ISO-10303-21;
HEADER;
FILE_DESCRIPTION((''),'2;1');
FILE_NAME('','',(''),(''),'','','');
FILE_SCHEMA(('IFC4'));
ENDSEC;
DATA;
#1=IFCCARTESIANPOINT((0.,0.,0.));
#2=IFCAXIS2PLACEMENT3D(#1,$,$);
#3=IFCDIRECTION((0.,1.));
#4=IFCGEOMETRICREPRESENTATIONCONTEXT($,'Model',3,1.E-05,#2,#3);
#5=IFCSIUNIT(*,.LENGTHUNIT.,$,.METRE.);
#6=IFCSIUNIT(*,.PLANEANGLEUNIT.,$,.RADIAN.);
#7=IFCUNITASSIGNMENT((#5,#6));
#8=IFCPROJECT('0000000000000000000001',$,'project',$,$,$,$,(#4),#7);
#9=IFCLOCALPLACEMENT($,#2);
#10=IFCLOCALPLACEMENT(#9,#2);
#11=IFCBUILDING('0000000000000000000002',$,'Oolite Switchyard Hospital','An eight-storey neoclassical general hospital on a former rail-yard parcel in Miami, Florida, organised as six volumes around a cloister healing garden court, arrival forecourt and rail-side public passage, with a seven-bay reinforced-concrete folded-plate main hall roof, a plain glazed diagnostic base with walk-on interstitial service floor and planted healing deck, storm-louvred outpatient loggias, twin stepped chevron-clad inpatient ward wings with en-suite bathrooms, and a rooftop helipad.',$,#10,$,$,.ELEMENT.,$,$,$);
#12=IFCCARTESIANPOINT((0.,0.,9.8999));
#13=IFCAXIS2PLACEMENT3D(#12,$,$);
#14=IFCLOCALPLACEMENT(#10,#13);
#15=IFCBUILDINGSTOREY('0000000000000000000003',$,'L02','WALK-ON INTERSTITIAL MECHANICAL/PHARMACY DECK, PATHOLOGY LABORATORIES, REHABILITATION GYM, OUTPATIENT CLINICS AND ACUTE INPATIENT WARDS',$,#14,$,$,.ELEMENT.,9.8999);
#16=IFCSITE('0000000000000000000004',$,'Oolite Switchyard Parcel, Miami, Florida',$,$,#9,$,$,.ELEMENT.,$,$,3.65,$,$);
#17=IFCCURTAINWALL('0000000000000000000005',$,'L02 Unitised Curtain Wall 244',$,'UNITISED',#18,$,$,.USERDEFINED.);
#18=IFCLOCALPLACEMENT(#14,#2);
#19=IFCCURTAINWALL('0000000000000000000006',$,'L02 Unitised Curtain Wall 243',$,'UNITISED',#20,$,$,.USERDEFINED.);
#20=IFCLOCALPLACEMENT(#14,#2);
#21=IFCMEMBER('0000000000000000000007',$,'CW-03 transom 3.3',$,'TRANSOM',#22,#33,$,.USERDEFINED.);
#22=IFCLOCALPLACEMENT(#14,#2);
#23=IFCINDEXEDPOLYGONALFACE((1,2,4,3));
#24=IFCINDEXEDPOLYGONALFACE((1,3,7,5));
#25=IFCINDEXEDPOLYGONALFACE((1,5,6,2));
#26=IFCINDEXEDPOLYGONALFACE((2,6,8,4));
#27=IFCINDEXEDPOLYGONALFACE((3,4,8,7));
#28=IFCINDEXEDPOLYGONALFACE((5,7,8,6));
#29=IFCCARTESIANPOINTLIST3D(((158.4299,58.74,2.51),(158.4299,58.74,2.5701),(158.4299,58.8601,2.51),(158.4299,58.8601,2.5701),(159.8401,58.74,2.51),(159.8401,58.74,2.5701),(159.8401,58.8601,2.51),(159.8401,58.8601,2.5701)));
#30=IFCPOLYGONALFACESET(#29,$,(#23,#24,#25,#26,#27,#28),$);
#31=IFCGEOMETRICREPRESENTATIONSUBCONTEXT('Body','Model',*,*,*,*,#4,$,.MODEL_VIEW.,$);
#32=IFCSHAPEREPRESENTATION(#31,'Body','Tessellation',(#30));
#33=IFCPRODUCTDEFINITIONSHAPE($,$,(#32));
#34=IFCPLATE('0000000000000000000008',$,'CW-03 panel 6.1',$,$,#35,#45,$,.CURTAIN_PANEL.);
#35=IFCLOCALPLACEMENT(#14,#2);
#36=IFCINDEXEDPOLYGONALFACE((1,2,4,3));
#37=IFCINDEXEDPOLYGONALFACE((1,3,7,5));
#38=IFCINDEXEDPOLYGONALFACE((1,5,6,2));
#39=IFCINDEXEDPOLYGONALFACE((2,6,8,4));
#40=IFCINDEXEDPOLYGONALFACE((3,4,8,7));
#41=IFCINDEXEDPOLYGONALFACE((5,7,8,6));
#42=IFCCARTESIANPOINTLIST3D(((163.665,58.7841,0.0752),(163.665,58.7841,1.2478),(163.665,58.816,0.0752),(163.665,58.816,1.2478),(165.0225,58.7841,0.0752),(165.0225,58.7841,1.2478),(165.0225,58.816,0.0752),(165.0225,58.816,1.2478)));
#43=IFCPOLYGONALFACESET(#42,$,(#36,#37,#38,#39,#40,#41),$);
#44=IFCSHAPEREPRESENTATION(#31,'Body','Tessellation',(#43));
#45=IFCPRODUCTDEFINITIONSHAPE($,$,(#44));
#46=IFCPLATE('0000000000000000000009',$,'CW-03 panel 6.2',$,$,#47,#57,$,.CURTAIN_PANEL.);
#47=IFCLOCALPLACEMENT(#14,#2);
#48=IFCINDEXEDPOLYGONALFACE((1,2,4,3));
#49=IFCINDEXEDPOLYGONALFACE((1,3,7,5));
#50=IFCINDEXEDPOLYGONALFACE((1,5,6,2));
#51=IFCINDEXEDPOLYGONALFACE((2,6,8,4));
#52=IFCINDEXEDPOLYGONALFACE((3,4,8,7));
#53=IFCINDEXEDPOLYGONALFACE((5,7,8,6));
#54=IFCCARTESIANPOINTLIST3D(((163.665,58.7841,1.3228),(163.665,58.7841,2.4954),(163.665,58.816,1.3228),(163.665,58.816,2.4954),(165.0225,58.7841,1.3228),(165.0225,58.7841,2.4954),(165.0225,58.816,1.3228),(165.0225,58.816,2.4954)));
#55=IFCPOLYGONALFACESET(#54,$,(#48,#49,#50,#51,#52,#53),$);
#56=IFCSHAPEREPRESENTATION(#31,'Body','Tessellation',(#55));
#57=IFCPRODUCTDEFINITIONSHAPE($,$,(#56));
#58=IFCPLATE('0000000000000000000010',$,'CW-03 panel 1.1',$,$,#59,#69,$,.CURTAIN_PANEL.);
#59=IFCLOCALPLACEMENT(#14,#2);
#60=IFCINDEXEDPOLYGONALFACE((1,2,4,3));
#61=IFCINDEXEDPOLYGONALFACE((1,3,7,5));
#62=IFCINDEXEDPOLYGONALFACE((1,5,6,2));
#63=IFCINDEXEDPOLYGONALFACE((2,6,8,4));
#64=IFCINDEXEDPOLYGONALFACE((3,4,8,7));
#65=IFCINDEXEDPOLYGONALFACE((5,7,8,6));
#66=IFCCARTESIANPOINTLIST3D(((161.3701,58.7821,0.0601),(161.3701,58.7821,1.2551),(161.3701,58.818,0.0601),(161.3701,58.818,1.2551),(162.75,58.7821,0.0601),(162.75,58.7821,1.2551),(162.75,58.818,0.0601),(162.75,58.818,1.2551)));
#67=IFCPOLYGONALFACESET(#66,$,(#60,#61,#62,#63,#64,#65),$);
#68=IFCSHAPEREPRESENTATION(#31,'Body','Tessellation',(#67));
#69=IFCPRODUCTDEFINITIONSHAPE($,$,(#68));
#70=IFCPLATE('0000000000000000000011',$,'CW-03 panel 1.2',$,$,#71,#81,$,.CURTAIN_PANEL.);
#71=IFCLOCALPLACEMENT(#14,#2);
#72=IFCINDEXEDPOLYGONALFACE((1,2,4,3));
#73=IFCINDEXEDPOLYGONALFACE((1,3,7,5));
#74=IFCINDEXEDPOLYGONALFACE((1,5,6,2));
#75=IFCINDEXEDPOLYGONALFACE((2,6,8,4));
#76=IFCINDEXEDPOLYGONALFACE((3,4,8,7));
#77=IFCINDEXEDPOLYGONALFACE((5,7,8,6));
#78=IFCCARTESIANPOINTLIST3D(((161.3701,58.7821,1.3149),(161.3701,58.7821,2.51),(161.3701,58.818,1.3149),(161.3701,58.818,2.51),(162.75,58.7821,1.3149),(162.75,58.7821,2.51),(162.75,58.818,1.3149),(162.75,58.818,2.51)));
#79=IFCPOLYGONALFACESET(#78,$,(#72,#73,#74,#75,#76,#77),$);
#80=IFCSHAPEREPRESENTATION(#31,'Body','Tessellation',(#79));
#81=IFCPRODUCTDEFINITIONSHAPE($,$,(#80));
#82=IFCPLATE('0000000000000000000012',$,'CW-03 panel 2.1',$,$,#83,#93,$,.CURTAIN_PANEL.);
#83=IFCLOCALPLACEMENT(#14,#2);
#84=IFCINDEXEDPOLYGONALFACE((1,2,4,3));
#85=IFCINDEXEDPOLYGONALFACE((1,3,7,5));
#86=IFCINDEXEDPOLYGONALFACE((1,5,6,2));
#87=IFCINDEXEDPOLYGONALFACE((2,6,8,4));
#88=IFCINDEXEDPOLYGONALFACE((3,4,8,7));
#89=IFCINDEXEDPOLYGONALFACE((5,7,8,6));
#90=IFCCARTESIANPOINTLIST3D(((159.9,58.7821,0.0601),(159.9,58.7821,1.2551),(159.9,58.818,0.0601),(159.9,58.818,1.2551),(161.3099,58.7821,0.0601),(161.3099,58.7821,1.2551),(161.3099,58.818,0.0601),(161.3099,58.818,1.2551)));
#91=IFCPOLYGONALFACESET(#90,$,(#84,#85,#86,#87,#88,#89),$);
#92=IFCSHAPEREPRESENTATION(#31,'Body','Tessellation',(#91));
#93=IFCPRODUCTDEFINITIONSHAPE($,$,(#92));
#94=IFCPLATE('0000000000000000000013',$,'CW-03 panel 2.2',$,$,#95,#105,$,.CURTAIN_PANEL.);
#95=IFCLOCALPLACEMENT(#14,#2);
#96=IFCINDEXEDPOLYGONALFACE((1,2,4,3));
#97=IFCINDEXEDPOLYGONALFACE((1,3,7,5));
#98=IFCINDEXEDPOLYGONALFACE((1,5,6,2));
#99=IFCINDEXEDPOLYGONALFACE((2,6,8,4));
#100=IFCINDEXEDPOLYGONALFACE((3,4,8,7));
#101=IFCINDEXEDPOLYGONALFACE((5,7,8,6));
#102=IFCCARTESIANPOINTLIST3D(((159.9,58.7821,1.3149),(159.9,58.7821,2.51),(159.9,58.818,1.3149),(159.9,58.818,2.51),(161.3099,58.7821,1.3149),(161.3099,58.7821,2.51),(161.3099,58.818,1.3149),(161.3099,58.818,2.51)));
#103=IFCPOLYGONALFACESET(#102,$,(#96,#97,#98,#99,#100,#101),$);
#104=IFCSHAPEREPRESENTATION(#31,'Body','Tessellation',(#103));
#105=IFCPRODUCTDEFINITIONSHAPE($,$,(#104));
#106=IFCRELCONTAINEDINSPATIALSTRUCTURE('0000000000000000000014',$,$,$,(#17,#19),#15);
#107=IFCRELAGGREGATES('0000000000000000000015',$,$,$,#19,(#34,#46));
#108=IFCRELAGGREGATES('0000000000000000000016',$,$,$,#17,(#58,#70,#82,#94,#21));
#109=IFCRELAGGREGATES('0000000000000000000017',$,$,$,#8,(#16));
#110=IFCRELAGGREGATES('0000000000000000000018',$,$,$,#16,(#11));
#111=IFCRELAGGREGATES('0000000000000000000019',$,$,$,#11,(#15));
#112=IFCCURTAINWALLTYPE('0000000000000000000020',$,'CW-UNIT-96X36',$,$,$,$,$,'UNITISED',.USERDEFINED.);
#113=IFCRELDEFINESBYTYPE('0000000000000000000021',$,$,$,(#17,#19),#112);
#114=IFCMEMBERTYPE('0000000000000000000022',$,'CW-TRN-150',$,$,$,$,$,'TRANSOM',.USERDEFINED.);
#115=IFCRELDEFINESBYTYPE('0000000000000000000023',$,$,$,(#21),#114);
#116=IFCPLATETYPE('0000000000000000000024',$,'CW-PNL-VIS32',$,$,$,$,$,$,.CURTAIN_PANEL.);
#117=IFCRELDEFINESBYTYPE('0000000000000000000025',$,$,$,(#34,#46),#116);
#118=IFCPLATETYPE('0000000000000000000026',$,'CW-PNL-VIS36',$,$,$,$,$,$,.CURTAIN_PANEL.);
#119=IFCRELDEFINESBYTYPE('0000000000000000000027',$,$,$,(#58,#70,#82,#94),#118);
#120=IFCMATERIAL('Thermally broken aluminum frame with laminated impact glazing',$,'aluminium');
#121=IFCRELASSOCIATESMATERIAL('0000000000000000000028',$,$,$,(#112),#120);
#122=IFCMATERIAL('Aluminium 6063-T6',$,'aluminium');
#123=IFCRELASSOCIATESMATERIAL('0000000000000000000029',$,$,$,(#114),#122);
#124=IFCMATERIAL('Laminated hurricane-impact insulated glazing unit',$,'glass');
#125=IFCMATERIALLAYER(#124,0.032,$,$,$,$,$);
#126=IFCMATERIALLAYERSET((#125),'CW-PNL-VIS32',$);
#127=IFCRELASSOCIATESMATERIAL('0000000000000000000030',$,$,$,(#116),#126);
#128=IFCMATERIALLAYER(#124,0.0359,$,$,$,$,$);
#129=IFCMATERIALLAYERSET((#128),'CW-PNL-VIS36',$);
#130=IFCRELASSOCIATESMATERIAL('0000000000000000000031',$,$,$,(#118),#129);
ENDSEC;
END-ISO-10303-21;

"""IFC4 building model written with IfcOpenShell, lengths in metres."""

from ifc_helpers import new_model, si_unit, direction, frame, origin, origin_2d, place, context, subcontext, project, spatial, rectangle, extrude, material, layer, layer_set, material_profile, profile_set, type_object, element, aggregate, save


model = new_model("IFC4")

# Units and contexts
model_context = context("Model", 3, precision=1e-05, world=origin(), true_north=direction((0.0, 1.0)))
body_context = subcontext(model_context, "Body", "Model", "MODEL_VIEW")
ifc_project = project(units=[si_unit("LENGTHUNIT", "METRE"), si_unit("PLANEANGLEUNIT", "RADIAN")], contexts=[model_context])

# Site, building, storey
site_placement = place(None, origin())
site = spatial("IfcSite", under=ifc_project, at=site_placement, Name="Oolite Switchyard Parcel, Miami, Florida", CompositionType="ELEMENT", RefElevation=3.65)
building_placement = place(site_placement, origin())
building = spatial("IfcBuilding", under=site, at=building_placement, Name="Oolite Switchyard Hospital", Description="An eight-storey neoclassical general hospital on a former rail-yard parcel in Miami, Florida, organised as six volumes around a cloister healing garden court, arrival forecourt and rail-side public passage, with a seven-bay reinforced-concrete folded-plate main hall roof, a plain glazed diagnostic base with walk-on interstitial service floor and planted healing deck, storm-louvred outpatient loggias, twin stepped chevron-clad inpatient ward wings with en-suite bathrooms, and a rooftop helipad.", CompositionType="ELEMENT")
storey_placement = place(building_placement, frame((0.0, 0.0, 9.8999)))
storey = spatial("IfcBuildingStorey", under=building, at=storey_placement, Name="L02", Description="WALK-ON INTERSTITIAL MECHANICAL/PHARMACY DECK, PATHOLOGY LABORATORIES, REHABILITATION GYM, OUTPATIENT CLINICS AND ACUTE INPATIENT WARDS", CompositionType="ELEMENT", Elevation=9.8999)

# Curtain wall
ifc_material_1 = material(Name="Thermally broken aluminum frame with laminated impact glazing", Category="aluminium")
curtain_wall_type_1 = type_object("IfcCurtainWallType", Name="CW-UNIT-96X36", ElementType="UNITISED", PredefinedType="USERDEFINED", material=ifc_material_1)
curtain_wall_1_placement = place(storey_placement, origin())
curtain_wall_1 = element("IfcCurtainWall", 1, at=curtain_wall_1_placement, inside=storey, type_object=curtain_wall_type_1, Name="L02 Unitised Curtain Wall 244", ObjectType="UNITISED", PredefinedType="USERDEFINED")
ifc_material_2 = material(Name="Aluminium 6063-T6", Category="aluminium")

# Curtain wall
curtain_wall_2_placement = place(storey_placement, origin())
curtain_wall_2 = element("IfcCurtainWall", 2, at=curtain_wall_2_placement, inside=storey, type_object=curtain_wall_type_1, Name="L02 Unitised Curtain Wall 243", ObjectType="UNITISED", PredefinedType="USERDEFINED")
ifc_material_profile_1 = material_profile(ifc_material_2, rectangle(XDim=0.1201, YDim=0.0601, at=origin_2d()), Name="CWT60X120")
ifc_profile_set_1 = profile_set([ifc_material_profile_1], Name="Aluminium 6063-T6")
member_type_1 = type_object("IfcMemberType", Name="CW-TRN-150", ElementType="TRANSOM", PredefinedType="USERDEFINED", material=ifc_profile_set_1)

# Member
member_1_placement = place(storey_placement, frame((159.8401, 58.8, 2.54), z_axis=(-1.0, 0.0, 0.0), x_axis=(0.0, -1.0, 0.0)))
member_1 = element("IfcMember", 3, at=member_1_placement, type_object=member_type_1, Name="CW-03 transom 3.3", ObjectType="TRANSOM", PredefinedType="USERDEFINED", context=body_context, shape_type="SweptSolid", body=[
    extrude(rectangle(XDim=0.1201, YDim=0.0601, at=origin_2d()), origin(), (0.0, 0.0, 1.0), 1.4102),
])

# Plates
ifc_material_3 = material(Name="Laminated hurricane-impact insulated glazing unit", Category="glass")
ifc_layer_1 = layer(ifc_material_3, 0.032)
ifc_layer_set_1 = layer_set([ifc_layer_1], Name="CW-PNL-VIS32")
plate_type_1 = type_object("IfcPlateType", Name="CW-PNL-VIS32", PredefinedType="CURTAIN_PANEL", material=ifc_layer_set_1)
plate_1_placement = place(storey_placement, frame((164.3438, 58.8, 0.0752), z_axis=(0.0, 0.0, 1.0), x_axis=(-1.0, 0.0, 0.0)))
plate_1 = element("IfcPlate", 4, at=plate_1_placement, type_object=plate_type_1, Name="CW-03 panel 6.1", PredefinedType="CURTAIN_PANEL", context=body_context, shape_type="SweptSolid", body=[
    extrude(rectangle(XDim=1.3574, YDim=0.032, at=origin_2d()), origin(), (0.0, 0.0, 1.0), 1.1726),
])
plate_2_placement = place(storey_placement, frame((164.3438, 58.8, 1.3228), z_axis=(0.0, 0.0, 1.0), x_axis=(-1.0, 0.0, 0.0)))
plate_2 = element("IfcPlate", 5, at=plate_2_placement, type_object=plate_type_1, Name="CW-03 panel 6.2", PredefinedType="CURTAIN_PANEL", context=body_context, shape_type="SweptSolid", body=[
    extrude(rectangle(XDim=1.3574, YDim=0.032, at=origin_2d()), origin(), (0.0, 0.0, 1.0), 1.1726),
])
aggregate(curtain_wall_2, [plate_1, plate_2])
ifc_layer_2 = layer(ifc_material_3, 0.0359)
ifc_layer_set_2 = layer_set([ifc_layer_2], Name="CW-PNL-VIS36")
plate_type_2 = type_object("IfcPlateType", Name="CW-PNL-VIS36", PredefinedType="CURTAIN_PANEL", material=ifc_layer_set_2)
plate_3_placement = place(storey_placement, frame((162.0601, 58.8, 0.0601), z_axis=(0.0, 0.0, 1.0), x_axis=(-1.0, 0.0, 0.0)))
plate_3 = element("IfcPlate", 6, at=plate_3_placement, type_object=plate_type_2, Name="CW-03 panel 1.1", PredefinedType="CURTAIN_PANEL", context=body_context, shape_type="SweptSolid", body=[
    extrude(rectangle(XDim=1.3799, YDim=0.0359, at=origin_2d()), origin(), (0.0, 0.0, 1.0), 1.1951),
])
plate_4_placement = place(storey_placement, frame((162.0601, 58.8, 1.3149), z_axis=(0.0, 0.0, 1.0), x_axis=(-1.0, 0.0, 0.0)))
plate_4 = element("IfcPlate", 7, at=plate_4_placement, type_object=plate_type_2, Name="CW-03 panel 1.2", PredefinedType="CURTAIN_PANEL", context=body_context, shape_type="SweptSolid", body=[
    extrude(rectangle(XDim=1.3799, YDim=0.0359, at=origin_2d()), origin(), (0.0, 0.0, 1.0), 1.1951),
])
plate_5_placement = place(storey_placement, frame((160.605, 58.8, 0.0601), z_axis=(0.0, 0.0, 1.0), x_axis=(-1.0, 0.0, 0.0)))
plate_5 = element("IfcPlate", 8, at=plate_5_placement, type_object=plate_type_2, Name="CW-03 panel 2.1", PredefinedType="CURTAIN_PANEL", context=body_context, shape_type="SweptSolid", body=[
    extrude(rectangle(XDim=1.4099, YDim=0.0359, at=origin_2d()), origin(), (0.0, 0.0, 1.0), 1.1951),
])
plate_6_placement = place(storey_placement, frame((160.605, 58.8, 1.3149), z_axis=(0.0, 0.0, 1.0), x_axis=(-1.0, 0.0, 0.0)))
plate_6 = element("IfcPlate", 9, at=plate_6_placement, type_object=plate_type_2, Name="CW-03 panel 2.2", PredefinedType="CURTAIN_PANEL", context=body_context, shape_type="SweptSolid", body=[
    extrude(rectangle(XDim=1.4099, YDim=0.0359, at=origin_2d()), origin(), (0.0, 0.0, 1.0), 1.1951),
])
aggregate(curtain_wall_1, [plate_3, plate_4, plate_5, plate_6, member_1])

save(model, "model.ifc")
